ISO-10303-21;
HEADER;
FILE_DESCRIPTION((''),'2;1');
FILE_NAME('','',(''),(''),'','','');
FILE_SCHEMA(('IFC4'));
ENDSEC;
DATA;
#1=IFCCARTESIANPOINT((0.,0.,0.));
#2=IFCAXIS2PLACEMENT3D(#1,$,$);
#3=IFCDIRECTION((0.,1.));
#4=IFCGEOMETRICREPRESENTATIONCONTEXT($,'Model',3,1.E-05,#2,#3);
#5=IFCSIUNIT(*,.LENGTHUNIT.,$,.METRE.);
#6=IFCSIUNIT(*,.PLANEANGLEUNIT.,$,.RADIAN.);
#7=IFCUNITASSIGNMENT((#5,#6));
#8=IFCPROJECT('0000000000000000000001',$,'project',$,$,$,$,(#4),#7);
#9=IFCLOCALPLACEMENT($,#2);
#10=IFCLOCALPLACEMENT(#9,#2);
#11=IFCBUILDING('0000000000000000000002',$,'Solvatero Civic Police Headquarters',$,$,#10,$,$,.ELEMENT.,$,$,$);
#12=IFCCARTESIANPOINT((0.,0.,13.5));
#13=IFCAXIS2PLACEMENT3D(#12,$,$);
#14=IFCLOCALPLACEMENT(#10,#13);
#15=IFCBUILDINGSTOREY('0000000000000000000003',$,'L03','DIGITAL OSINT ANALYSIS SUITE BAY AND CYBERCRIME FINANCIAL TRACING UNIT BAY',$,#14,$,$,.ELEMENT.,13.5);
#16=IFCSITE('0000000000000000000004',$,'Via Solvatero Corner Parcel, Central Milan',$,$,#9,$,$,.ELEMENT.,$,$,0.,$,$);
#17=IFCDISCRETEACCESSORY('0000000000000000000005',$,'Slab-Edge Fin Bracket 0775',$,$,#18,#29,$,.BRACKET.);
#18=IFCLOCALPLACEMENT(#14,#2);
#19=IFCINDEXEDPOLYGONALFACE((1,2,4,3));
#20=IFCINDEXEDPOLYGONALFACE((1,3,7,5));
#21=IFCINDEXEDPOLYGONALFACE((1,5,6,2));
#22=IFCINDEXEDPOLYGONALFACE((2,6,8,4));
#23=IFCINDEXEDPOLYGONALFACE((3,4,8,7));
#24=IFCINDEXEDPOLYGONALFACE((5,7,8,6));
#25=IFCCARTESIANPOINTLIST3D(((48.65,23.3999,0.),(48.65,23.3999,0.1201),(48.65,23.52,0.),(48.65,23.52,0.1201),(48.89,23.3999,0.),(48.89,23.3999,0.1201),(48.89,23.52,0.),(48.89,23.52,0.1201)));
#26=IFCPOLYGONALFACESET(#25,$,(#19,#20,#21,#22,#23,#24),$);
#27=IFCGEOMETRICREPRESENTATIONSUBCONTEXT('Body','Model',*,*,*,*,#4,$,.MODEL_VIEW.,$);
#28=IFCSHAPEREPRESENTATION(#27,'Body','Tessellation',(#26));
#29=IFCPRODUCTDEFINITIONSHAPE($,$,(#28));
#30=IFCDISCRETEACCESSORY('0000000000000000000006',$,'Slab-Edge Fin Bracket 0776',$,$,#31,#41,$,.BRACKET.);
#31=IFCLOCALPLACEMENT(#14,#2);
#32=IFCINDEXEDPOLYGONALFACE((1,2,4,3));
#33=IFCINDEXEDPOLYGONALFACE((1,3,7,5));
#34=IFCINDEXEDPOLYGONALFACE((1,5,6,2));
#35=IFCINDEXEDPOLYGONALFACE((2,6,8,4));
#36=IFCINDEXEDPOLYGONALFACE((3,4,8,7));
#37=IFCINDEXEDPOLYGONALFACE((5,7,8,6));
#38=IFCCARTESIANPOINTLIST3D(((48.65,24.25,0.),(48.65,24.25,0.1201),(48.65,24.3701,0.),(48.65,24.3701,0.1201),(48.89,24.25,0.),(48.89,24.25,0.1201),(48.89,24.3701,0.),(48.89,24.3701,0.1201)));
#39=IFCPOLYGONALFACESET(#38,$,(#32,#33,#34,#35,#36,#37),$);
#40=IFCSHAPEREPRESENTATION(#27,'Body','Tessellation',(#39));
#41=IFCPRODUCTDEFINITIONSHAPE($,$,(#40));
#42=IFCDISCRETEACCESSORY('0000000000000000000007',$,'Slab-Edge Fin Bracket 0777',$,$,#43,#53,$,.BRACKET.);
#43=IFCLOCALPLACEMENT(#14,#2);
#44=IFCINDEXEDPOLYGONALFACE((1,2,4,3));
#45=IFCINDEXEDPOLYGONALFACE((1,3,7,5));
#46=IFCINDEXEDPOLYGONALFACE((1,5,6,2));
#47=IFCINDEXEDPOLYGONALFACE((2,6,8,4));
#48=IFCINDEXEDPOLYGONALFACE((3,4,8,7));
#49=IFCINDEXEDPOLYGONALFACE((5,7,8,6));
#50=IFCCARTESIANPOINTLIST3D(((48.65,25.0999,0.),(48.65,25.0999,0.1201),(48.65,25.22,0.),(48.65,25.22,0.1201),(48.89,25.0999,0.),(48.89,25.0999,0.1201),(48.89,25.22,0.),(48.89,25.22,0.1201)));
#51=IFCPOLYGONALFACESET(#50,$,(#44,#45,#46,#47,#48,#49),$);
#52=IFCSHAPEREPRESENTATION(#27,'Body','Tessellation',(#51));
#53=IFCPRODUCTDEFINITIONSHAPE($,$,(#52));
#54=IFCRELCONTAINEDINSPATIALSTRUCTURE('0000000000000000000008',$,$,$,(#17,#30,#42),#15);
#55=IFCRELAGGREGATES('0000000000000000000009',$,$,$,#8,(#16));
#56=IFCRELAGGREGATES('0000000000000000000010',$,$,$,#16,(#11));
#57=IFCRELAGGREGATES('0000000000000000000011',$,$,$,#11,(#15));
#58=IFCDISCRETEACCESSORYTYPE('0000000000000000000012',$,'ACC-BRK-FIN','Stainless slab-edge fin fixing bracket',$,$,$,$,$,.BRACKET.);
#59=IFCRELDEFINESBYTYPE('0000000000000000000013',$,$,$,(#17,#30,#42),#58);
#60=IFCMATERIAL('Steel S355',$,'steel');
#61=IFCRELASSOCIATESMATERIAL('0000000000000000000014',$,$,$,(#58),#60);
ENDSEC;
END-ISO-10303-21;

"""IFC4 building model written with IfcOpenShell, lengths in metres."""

from ifc_helpers import new_model, si_unit, direction, frame, origin, origin_2d, place, context, subcontext, project, spatial, rectangle, extrude, material, type_object, element, save


model = new_model("IFC4")

# Units and contexts
model_context = context("Model", 3, precision=1e-05, world=origin(), true_north=direction((0.0, 1.0)))
body_context = subcontext(model_context, "Body", "Model", "MODEL_VIEW")
ifc_project = project(units=[si_unit("LENGTHUNIT", "METRE"), si_unit("PLANEANGLEUNIT", "RADIAN")], contexts=[model_context])

# Site, building, storey
site_placement = place(None, origin())
site = spatial("IfcSite", under=ifc_project, at=site_placement, Name="Via Solvatero Corner Parcel, Central Milan", CompositionType="ELEMENT", RefElevation=0.0)
building_placement = place(site_placement, origin())
building = spatial("IfcBuilding", under=site, at=building_placement, Name="Solvatero Civic Police Headquarters", CompositionType="ELEMENT")
storey_placement = place(building_placement, frame((0.0, 0.0, 13.5)))
storey = spatial("IfcBuildingStorey", under=building, at=storey_placement, Name="L03", Description="DIGITAL OSINT ANALYSIS SUITE BAY AND CYBERCRIME FINANCIAL TRACING UNIT BAY", CompositionType="ELEMENT", Elevation=13.5)

# Shared definitions
ifc_material_1 = material(Name="Steel S355", Category="steel")

# Discrete accessories
discrete_accessory_type = type_object("IfcDiscreteAccessoryType", Name="ACC-BRK-FIN", Description="Stainless slab-edge fin fixing bracket", PredefinedType="BRACKET", material=ifc_material_1)
for number, where, z_axis, x_axis, name in (
    (1, (48.77, 23.46, 0.0), (0.0, 0.0, 1.0), (0.0, 1.0, 0.0), "Slab-Edge Fin Bracket 0775"),
    (2, (48.77, 24.3101, 0.0), (0.0, 0.0, 1.0), (0.0, 1.0, 0.0), "Slab-Edge Fin Bracket 0776"),
    (3, (48.77, 25.1599, 0.0), (0.0, 0.0, 1.0), (0.0, 1.0, 0.0), "Slab-Edge Fin Bracket 0777"),
):
    element("IfcDiscreteAccessory", number, at=place(storey_placement, frame(where, z_axis=z_axis, x_axis=x_axis)), inside=storey, type_object=discrete_accessory_type, Name=name, PredefinedType="BRACKET", context=body_context, shape_type="SweptSolid", body=[
        extrude(rectangle(XDim=0.1201, YDim=0.24, at=origin_2d()), origin(), (0.0, 0.0, 1.0), 0.1201),
    ])

save(model, "model.ifc")
